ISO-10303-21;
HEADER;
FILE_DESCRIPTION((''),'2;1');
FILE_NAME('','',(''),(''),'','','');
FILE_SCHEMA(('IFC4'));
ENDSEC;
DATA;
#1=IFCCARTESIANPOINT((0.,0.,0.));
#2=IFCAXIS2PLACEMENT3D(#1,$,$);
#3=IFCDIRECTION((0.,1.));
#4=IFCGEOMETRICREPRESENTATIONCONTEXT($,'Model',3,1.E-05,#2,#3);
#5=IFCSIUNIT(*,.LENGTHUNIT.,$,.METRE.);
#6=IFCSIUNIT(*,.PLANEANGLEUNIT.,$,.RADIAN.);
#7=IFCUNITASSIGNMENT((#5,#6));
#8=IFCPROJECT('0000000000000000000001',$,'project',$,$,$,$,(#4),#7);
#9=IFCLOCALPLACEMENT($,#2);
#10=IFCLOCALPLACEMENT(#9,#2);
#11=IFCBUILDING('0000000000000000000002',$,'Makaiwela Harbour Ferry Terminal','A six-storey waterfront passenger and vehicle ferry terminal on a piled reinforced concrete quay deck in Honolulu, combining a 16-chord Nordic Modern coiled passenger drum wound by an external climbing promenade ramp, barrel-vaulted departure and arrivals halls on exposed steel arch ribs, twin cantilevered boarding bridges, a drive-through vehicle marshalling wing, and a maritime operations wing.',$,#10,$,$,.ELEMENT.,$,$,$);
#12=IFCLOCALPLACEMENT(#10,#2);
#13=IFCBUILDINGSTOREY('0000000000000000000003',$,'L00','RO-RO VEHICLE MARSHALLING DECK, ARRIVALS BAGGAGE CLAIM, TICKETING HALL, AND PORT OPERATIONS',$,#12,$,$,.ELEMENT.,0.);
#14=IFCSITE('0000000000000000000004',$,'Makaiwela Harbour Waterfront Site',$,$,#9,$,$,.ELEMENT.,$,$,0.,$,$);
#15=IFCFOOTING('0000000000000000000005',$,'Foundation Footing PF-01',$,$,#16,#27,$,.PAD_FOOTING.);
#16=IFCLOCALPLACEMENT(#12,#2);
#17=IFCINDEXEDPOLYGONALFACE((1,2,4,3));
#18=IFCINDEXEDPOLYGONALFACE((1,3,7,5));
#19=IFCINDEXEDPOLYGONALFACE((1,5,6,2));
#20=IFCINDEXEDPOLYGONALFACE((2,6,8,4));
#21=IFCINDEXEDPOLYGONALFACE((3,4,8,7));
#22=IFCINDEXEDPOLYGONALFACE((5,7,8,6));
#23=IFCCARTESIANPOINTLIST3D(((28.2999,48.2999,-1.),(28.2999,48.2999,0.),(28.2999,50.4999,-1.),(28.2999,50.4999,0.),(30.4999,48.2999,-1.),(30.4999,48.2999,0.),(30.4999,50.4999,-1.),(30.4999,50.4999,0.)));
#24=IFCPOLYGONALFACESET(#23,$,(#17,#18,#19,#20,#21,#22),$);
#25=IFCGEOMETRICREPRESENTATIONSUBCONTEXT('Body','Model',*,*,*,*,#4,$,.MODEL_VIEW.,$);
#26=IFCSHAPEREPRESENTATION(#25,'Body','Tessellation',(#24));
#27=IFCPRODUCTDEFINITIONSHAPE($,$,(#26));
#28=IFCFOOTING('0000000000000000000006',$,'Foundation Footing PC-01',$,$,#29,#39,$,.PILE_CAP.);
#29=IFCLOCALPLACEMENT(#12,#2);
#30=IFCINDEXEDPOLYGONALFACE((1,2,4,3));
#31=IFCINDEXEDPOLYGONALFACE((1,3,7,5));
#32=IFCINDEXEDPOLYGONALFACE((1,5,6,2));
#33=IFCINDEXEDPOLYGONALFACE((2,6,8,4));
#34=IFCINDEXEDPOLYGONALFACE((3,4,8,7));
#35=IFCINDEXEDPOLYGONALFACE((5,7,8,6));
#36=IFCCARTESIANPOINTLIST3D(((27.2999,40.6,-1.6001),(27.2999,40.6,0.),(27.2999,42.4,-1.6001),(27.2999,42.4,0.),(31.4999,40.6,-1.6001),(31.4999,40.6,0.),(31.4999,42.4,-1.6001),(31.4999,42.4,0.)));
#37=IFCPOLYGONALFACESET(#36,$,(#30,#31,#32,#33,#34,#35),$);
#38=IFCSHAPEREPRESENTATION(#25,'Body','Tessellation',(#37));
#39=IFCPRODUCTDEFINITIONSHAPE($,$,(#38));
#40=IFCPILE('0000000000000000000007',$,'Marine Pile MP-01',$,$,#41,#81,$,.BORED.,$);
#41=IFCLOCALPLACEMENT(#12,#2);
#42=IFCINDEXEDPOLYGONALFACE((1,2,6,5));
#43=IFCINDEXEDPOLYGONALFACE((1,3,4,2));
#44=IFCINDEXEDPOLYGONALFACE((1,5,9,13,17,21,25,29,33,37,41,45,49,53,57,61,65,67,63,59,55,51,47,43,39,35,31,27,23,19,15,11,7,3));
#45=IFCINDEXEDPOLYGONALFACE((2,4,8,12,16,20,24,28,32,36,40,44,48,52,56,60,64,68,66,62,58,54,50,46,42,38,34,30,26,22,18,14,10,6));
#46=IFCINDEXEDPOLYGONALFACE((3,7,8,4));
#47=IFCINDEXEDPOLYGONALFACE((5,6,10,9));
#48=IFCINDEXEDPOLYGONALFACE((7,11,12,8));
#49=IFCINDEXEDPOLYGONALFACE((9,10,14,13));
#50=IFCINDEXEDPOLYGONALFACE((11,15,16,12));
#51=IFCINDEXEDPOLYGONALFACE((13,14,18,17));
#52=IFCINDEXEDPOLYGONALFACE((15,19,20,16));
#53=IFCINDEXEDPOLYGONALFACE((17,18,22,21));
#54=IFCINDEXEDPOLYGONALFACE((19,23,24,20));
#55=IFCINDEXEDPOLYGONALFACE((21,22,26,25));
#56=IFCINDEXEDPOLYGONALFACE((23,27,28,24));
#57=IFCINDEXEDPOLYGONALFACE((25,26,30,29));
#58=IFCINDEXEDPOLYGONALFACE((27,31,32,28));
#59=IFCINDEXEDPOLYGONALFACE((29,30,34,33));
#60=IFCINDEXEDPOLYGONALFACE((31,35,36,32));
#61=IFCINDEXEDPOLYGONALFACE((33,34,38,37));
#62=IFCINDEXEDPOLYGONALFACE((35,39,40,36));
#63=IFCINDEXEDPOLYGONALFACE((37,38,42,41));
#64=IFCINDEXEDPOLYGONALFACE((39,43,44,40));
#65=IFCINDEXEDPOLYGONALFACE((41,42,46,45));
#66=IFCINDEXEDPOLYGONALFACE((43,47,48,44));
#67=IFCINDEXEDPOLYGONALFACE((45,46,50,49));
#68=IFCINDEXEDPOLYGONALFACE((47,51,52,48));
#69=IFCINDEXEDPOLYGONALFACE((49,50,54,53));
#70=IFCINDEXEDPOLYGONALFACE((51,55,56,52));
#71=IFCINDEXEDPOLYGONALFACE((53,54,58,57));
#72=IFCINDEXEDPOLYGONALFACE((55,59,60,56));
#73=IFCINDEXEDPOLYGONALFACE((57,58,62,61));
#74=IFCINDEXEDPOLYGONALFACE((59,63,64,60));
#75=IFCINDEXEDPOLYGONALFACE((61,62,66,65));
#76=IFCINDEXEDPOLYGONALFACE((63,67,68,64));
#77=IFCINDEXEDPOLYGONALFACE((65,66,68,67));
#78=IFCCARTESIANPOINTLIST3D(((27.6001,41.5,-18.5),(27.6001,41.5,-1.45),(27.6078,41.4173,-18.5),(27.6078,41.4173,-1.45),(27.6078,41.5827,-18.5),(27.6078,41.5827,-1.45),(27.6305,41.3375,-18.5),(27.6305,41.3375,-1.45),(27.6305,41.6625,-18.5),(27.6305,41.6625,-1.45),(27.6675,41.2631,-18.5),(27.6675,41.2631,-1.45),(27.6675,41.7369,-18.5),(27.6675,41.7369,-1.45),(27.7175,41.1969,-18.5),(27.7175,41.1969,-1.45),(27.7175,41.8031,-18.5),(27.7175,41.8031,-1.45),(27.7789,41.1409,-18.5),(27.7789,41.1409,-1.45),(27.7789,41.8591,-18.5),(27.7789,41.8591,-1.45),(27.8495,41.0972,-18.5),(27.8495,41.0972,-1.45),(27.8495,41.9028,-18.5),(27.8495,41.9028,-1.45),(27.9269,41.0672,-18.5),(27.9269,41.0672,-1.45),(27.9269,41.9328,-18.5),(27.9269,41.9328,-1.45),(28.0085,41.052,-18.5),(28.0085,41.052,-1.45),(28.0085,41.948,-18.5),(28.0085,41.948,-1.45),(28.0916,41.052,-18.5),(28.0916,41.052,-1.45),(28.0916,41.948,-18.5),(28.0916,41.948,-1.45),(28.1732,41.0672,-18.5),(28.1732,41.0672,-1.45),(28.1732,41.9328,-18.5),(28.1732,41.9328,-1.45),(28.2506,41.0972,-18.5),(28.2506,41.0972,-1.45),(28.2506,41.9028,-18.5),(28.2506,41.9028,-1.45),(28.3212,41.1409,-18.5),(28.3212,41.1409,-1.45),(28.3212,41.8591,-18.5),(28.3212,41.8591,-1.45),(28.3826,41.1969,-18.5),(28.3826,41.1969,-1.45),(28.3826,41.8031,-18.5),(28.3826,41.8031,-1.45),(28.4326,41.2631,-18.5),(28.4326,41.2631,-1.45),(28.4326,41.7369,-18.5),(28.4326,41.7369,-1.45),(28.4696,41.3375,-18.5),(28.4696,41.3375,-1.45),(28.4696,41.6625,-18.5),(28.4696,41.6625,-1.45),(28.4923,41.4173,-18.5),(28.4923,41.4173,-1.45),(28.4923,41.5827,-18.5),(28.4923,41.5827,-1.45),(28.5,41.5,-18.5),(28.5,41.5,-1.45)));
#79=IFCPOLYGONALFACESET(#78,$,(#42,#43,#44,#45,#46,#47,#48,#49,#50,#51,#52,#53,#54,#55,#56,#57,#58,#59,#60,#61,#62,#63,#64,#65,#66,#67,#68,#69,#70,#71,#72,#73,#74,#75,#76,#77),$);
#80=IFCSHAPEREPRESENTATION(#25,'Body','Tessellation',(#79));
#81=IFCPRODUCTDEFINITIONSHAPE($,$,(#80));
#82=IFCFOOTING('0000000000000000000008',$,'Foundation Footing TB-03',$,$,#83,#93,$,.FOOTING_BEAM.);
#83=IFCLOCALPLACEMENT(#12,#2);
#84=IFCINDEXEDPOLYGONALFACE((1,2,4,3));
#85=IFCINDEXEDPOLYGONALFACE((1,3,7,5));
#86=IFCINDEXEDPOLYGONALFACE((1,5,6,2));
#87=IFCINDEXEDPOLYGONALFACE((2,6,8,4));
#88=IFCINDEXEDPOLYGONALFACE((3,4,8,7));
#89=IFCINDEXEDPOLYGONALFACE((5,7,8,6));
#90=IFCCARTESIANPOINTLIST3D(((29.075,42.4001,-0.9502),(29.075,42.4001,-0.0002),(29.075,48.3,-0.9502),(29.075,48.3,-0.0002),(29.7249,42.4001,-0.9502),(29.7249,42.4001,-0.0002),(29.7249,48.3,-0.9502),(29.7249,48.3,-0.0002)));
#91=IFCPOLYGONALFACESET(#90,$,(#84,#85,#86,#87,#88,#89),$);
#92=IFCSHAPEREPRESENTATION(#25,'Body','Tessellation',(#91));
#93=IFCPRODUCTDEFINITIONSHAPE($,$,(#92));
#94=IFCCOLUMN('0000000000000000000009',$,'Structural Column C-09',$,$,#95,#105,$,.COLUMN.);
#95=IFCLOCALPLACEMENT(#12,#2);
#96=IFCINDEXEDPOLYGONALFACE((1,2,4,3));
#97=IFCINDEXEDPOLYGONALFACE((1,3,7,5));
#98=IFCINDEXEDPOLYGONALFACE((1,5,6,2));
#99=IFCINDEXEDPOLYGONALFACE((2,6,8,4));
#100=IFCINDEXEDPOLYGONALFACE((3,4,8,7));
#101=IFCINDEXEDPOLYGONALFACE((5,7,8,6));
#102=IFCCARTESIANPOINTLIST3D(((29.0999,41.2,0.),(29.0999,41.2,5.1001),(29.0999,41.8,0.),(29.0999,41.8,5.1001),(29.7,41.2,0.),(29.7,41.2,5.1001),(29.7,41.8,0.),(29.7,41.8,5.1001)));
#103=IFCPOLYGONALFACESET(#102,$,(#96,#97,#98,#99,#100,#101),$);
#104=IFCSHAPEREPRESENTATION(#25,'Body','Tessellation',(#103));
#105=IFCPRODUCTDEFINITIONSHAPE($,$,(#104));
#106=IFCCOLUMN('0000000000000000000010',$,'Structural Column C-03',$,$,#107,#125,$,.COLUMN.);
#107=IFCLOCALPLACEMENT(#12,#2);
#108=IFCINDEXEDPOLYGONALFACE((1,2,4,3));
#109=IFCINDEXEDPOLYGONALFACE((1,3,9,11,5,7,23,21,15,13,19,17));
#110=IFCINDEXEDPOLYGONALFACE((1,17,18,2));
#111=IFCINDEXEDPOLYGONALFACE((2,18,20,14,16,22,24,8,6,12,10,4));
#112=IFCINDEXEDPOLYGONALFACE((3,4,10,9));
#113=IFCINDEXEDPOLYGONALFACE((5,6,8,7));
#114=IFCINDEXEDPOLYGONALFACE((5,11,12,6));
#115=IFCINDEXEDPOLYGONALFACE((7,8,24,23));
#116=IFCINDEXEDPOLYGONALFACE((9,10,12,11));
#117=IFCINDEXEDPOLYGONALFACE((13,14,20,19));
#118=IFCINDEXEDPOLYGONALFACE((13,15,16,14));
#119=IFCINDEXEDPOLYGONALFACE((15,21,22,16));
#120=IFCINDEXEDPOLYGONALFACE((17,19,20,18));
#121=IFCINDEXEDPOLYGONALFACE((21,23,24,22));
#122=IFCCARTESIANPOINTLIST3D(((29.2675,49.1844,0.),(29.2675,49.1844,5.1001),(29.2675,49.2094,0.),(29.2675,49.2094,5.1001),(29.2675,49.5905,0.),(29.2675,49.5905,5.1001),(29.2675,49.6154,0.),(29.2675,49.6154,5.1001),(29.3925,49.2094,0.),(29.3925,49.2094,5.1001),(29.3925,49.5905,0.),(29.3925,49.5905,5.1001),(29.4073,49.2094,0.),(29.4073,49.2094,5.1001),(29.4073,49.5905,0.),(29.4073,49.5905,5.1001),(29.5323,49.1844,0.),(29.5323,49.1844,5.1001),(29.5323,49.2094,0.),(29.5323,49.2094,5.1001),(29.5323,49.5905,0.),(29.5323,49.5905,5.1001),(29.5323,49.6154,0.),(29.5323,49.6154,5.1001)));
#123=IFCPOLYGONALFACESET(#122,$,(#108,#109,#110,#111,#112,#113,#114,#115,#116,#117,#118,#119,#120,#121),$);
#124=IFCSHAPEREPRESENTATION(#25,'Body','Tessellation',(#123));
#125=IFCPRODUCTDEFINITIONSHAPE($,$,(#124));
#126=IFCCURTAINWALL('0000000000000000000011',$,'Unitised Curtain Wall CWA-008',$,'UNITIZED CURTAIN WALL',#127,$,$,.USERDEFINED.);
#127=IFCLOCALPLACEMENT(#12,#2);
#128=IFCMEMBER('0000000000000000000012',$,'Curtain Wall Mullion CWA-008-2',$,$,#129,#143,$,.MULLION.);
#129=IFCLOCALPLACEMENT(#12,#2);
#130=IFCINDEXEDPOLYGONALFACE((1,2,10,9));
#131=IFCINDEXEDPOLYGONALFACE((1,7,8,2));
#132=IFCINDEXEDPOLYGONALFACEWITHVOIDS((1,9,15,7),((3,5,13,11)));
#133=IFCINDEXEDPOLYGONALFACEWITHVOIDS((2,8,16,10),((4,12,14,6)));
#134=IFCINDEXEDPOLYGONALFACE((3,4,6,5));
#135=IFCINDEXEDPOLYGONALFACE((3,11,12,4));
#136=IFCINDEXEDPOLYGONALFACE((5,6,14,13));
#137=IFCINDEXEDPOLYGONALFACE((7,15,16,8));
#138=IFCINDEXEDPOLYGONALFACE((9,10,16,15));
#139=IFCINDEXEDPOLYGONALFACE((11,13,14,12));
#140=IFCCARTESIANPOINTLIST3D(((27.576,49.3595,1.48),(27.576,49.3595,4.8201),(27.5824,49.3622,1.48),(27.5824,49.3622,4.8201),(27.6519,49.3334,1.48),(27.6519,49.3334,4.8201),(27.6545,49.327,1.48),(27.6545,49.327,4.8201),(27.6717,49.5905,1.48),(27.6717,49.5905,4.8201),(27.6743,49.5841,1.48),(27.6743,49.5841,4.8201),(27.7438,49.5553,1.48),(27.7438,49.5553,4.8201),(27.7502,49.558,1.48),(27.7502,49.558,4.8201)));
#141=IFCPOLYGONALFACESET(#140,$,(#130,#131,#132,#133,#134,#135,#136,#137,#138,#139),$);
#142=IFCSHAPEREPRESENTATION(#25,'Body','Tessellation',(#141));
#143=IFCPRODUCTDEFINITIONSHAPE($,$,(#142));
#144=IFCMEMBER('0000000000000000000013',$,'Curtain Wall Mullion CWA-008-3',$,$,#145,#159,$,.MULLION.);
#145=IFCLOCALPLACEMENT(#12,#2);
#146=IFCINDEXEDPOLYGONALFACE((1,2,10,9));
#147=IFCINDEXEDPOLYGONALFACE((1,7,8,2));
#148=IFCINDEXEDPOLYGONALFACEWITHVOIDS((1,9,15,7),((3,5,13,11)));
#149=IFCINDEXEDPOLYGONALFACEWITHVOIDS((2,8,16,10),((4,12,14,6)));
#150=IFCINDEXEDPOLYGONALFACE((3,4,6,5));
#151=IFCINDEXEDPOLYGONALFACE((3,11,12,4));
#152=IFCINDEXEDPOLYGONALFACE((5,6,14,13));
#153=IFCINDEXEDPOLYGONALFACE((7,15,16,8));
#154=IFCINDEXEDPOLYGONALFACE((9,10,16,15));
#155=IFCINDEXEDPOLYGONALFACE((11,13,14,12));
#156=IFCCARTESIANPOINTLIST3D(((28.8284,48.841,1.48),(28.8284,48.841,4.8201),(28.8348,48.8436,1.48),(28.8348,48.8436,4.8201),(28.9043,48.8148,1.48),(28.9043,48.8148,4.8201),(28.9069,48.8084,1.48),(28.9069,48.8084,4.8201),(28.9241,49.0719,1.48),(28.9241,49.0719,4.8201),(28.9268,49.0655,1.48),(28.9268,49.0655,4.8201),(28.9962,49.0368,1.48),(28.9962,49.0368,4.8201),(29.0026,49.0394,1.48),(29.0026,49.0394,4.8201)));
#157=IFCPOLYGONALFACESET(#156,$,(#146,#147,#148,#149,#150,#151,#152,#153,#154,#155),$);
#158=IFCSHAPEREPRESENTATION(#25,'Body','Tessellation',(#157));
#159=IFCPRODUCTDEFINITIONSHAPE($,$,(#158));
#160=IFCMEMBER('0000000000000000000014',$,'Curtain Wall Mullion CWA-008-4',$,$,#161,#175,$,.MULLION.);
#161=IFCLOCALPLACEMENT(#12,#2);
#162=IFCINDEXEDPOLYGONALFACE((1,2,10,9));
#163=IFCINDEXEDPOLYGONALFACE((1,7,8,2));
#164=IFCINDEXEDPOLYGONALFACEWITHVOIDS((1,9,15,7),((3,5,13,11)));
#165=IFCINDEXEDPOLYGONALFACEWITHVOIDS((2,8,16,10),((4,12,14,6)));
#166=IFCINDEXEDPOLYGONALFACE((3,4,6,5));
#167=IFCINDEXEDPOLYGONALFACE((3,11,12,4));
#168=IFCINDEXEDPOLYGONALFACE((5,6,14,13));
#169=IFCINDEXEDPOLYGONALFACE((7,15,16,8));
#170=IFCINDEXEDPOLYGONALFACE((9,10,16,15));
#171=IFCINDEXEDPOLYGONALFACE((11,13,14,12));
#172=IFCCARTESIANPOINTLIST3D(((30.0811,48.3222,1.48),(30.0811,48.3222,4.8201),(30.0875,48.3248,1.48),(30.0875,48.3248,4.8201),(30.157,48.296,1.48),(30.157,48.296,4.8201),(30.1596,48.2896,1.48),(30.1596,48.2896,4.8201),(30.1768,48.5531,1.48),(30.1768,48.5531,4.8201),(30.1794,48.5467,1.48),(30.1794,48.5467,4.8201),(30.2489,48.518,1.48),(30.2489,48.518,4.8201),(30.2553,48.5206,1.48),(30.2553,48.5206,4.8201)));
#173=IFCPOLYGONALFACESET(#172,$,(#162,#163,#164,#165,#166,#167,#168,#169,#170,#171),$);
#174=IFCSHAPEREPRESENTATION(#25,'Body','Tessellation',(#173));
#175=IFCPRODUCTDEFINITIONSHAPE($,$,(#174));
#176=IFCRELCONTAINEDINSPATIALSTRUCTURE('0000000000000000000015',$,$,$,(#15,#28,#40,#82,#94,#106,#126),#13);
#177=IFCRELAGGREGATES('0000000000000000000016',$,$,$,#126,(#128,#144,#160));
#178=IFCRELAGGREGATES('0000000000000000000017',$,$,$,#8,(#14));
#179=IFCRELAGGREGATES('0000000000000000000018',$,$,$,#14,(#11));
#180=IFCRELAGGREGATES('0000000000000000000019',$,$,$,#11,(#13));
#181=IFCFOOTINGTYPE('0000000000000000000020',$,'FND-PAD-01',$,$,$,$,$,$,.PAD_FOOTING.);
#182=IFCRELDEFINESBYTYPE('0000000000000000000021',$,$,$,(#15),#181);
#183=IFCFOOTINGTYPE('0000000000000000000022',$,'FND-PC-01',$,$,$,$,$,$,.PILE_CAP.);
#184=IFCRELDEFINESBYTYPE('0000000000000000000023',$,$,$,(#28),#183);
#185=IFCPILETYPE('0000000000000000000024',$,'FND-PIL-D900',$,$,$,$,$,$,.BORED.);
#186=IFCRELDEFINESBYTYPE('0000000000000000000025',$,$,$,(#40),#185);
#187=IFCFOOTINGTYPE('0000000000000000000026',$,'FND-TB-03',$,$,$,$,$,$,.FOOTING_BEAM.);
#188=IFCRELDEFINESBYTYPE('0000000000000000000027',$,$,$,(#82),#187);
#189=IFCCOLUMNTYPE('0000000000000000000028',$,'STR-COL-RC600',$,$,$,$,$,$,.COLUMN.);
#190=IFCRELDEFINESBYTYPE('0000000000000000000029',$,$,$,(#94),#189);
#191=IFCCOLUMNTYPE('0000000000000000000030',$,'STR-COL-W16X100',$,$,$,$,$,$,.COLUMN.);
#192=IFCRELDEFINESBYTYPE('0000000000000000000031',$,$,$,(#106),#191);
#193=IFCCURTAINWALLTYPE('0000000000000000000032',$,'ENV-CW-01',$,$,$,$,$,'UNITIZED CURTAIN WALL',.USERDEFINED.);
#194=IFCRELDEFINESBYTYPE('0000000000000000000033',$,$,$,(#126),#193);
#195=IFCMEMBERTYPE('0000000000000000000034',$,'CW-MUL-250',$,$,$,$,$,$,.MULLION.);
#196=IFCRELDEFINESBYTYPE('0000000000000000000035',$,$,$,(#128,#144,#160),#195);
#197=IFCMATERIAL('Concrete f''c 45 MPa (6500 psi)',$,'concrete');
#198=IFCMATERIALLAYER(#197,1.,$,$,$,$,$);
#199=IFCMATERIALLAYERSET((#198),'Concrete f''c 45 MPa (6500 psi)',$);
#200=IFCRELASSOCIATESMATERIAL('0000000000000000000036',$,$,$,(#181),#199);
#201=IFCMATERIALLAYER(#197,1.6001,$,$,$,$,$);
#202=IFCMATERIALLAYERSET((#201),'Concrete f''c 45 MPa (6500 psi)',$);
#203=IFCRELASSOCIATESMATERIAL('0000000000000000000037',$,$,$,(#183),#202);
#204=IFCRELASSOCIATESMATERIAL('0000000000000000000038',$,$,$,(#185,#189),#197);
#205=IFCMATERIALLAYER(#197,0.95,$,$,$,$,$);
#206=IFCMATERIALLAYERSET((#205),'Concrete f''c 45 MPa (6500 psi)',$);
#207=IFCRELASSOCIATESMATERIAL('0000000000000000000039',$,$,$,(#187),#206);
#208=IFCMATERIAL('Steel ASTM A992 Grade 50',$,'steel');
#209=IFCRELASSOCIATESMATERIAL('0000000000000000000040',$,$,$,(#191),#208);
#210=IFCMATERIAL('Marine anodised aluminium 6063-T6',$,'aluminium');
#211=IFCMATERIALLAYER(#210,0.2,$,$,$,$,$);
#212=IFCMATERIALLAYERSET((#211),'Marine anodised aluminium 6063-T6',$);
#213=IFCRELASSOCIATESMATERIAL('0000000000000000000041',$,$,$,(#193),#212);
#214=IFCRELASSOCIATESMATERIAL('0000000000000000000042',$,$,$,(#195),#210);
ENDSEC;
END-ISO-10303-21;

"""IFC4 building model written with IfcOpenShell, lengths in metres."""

from ifc_helpers import new_model, si_unit, direction, frame, origin, origin_2d, place, context, subcontext, project, spatial, rectangle, hollow_rectangle, circle, i_section, extrude, material, layer, layer_set, material_profile, profile_set, type_object, element, aggregate, save


model = new_model("IFC4")

# Units and contexts
model_context = context("Model", 3, precision=1e-05, world=origin(), true_north=direction((0.0, 1.0)))
body_context = subcontext(model_context, "Body", "Model", "MODEL_VIEW")
ifc_project = project(units=[si_unit("LENGTHUNIT", "METRE"), si_unit("PLANEANGLEUNIT", "RADIAN")], contexts=[model_context])

# Site, building, storey
site_placement = place(None, origin())
site = spatial("IfcSite", under=ifc_project, at=site_placement, Name="Makaiwela Harbour Waterfront Site", CompositionType="ELEMENT", RefElevation=0.0)
building_placement = place(site_placement, origin())
building = spatial("IfcBuilding", under=site, at=building_placement, Name="Makaiwela Harbour Ferry Terminal", Description="A six-storey waterfront passenger and vehicle ferry terminal on a piled reinforced concrete quay deck in Honolulu, combining a 16-chord Nordic Modern coiled passenger drum wound by an external climbing promenade ramp, barrel-vaulted departure and arrivals halls on exposed steel arch ribs, twin cantilevered boarding bridges, a drive-through vehicle marshalling wing, and a maritime operations wing.", CompositionType="ELEMENT")
storey_placement = place(building_placement, origin())
storey = spatial("IfcBuildingStorey", under=building, at=storey_placement, Name="L00", Description="RO-RO VEHICLE MARSHALLING DECK, ARRIVALS BAGGAGE CLAIM, TICKETING HALL, AND PORT OPERATIONS", CompositionType="ELEMENT", Elevation=0.0)

# Footings
ifc_material_1 = material(Name="Concrete f'c 45 MPa (6500 psi)", Category="concrete")
ifc_layer_1 = layer(ifc_material_1, 1.0)
ifc_layer_set_1 = layer_set([ifc_layer_1], Name="Concrete f'c 45 MPa (6500 psi)")
footing_type_1 = type_object("IfcFootingType", Name="FND-PAD-01", PredefinedType="PAD_FOOTING", material=ifc_layer_set_1)
footing_1_placement = place(storey_placement, frame((29.3999, 49.3999, -1.0), z_axis=(0.0, 0.0, 1.0), x_axis=(1.0, 0.0, 0.0)))
element("IfcFooting", 1, at=footing_1_placement, inside=storey, type_object=footing_type_1, Name="Foundation Footing PF-01", PredefinedType="PAD_FOOTING", context=body_context, shape_type="SweptSolid", body=[
    extrude(rectangle(XDim=2.2, YDim=2.2, at=origin_2d()), origin(), (0.0, 0.0, 1.0), 1.0),
])
ifc_layer_2 = layer(ifc_material_1, 1.6001)
ifc_layer_set_2 = layer_set([ifc_layer_2], Name="Concrete f'c 45 MPa (6500 psi)")
footing_type_2 = type_object("IfcFootingType", Name="FND-PC-01", PredefinedType="PILE_CAP", material=ifc_layer_set_2)
footing_2_placement = place(storey_placement, frame((29.3999, 41.5, -1.6001), z_axis=(0.0, 0.0, 1.0), x_axis=(1.0, 0.0, 0.0)))
element("IfcFooting", 2, at=footing_2_placement, inside=storey, type_object=footing_type_2, Name="Foundation Footing PC-01", PredefinedType="PILE_CAP", context=body_context, shape_type="SweptSolid", body=[
    extrude(rectangle(XDim=4.2, YDim=1.8, at=origin_2d()), origin(), (0.0, 0.0, 1.0), 1.6001),
])

# Pile
ifc_material_profile_1 = material_profile(ifc_material_1, circle(Radius=0.45, at=origin_2d()), Name="PILE-D900")
ifc_profile_set_1 = profile_set([ifc_material_profile_1], Name="Concrete f'c 45 MPa (6500 psi)")
pile_type = type_object("IfcPileType", Name="FND-PIL-D900", PredefinedType="BORED", material=ifc_profile_set_1)
pile_placement = place(storey_placement, frame((28.05, 41.5, -1.45), z_axis=(0.0, 0.0, -1.0), x_axis=(1.0, 0.0, 0.0)))
element("IfcPile", 3, at=pile_placement, inside=storey, type_object=pile_type, Name="Marine Pile MP-01", PredefinedType="BORED", context=body_context, shape_type="SweptSolid", body=[
    extrude(circle(Radius=0.45, at=origin_2d()), origin(), (0.0, 0.0, 1.0), 17.05),
])

# Footing
ifc_layer_3 = layer(ifc_material_1, 0.95)
ifc_layer_set_3 = layer_set([ifc_layer_3], Name="Concrete f'c 45 MPa (6500 psi)")
footing_type_3 = type_object("IfcFootingType", Name="FND-TB-03", PredefinedType="FOOTING_BEAM", material=ifc_layer_set_3)
footing_3_placement = place(storey_placement, frame((29.3999, 45.3501, -0.9502), z_axis=(0.0, 0.0, 1.0), x_axis=(0.0, 1.0, 0.0)))
element("IfcFooting", 4, at=footing_3_placement, inside=storey, type_object=footing_type_3, Name="Foundation Footing TB-03", PredefinedType="FOOTING_BEAM", context=body_context, shape_type="SweptSolid", body=[
    extrude(rectangle(XDim=5.8999, YDim=0.6499, at=origin_2d()), origin(), (0.0, 0.0, 1.0), 0.95),
])

# Columns
ifc_material_profile_2 = material_profile(ifc_material_1, rectangle(XDim=0.6001, YDim=0.6001, at=origin_2d()), Name="RC-600X600")
ifc_profile_set_2 = profile_set([ifc_material_profile_2], Name="Concrete f'c 45 MPa (6500 psi)")
column_type_1 = type_object("IfcColumnType", Name="STR-COL-RC600", PredefinedType="COLUMN", material=ifc_profile_set_2)
column_1_placement = place(storey_placement, frame((29.3999, 41.5, 0.0), z_axis=(0.0, 0.0, 1.0), x_axis=(1.0, 0.0, 0.0)))
element("IfcColumn", 5, at=column_1_placement, inside=storey, type_object=column_type_1, Name="Structural Column C-09", PredefinedType="COLUMN", context=body_context, shape_type="SweptSolid", body=[
    extrude(rectangle(XDim=0.6001, YDim=0.6001, at=origin_2d()), origin(), (0.0, 0.0, 1.0), 5.1001),
])
ifc_material_2 = material(Name="Steel ASTM A992 Grade 50", Category="steel")
ifc_material_profile_3 = material_profile(ifc_material_2, i_section(OverallWidth=0.2649, OverallDepth=0.4309, WebThickness=0.0149, FlangeThickness=0.0249, at=origin_2d()), Name="W16X100")
ifc_profile_set_3 = profile_set([ifc_material_profile_3], Name="Steel ASTM A992 Grade 50")
column_type_2 = type_object("IfcColumnType", Name="STR-COL-W16X100", PredefinedType="COLUMN", material=ifc_profile_set_3)
column_2_placement = place(storey_placement, frame((29.3999, 49.3999, 0.0), z_axis=(0.0, 0.0, 1.0), x_axis=(1.0, 0.0, 0.0)))
element("IfcColumn", 6, at=column_2_placement, inside=storey, type_object=column_type_2, Name="Structural Column C-03", PredefinedType="COLUMN", context=body_context, shape_type="SweptSolid", body=[
    extrude(i_section(OverallWidth=0.2649, OverallDepth=0.4309, WebThickness=0.0149, FlangeThickness=0.0249, at=origin_2d()), origin(), (0.0, 0.0, 1.0), 5.1001),
])

# Curtain wall, members
ifc_material_3 = material(Name="Marine anodised aluminium 6063-T6", Category="aluminium")
ifc_layer_4 = layer(ifc_material_3, 0.2)
ifc_layer_set_4 = layer_set([ifc_layer_4], Name="Marine anodised aluminium 6063-T6")
curtain_wall_type_1 = type_object("IfcCurtainWallType", Name="ENV-CW-01", ElementType="UNITIZED CURTAIN WALL", PredefinedType="USERDEFINED", material=ifc_layer_set_4)
curtain_wall_1_placement = place(storey_placement, origin())
curtain_wall_1 = element("IfcCurtainWall", 7, at=curtain_wall_1_placement, inside=storey, type_object=curtain_wall_type_1, Name="Unitised Curtain Wall CWA-008", ObjectType="UNITIZED CURTAIN WALL", PredefinedType="USERDEFINED")
ifc_material_profile_4 = material_profile(ifc_material_3, hollow_rectangle(XDim=0.085, YDim=0.25, WallThickness=0.0049, at=origin_2d()), Name="CWM-250X85")
ifc_profile_set_4 = profile_set([ifc_material_profile_4], Name="Marine anodised aluminium 6063-T6")
member_type_1 = type_object("IfcMemberType", Name="CW-MUL-250", PredefinedType="MULLION", material=ifc_profile_set_4)
member_1_placement = place(storey_placement, frame((27.6631, 49.4587, 1.48), z_axis=(0.0, 0.0, 1.0), x_axis=(-0.92388, 0.382683, 0.0)))
member_1 = element("IfcMember", 8, at=member_1_placement, type_object=member_type_1, Name="Curtain Wall Mullion CWA-008-2", PredefinedType="MULLION", context=body_context, shape_type="SweptSolid", body=[
    extrude(hollow_rectangle(XDim=0.085, YDim=0.25, WallThickness=0.0049, at=origin_2d()), origin(), (0.0, 0.0, 1.0), 3.3401),
])
member_2_placement = place(storey_placement, frame((28.9155, 48.9402, 1.48), z_axis=(0.0, 0.0, 1.0), x_axis=(-0.92388, 0.382683, 0.0)))
member_2 = element("IfcMember", 9, at=member_2_placement, type_object=member_type_1, Name="Curtain Wall Mullion CWA-008-3", PredefinedType="MULLION", context=body_context, shape_type="SweptSolid", body=[
    extrude(hollow_rectangle(XDim=0.085, YDim=0.25, WallThickness=0.0049, at=origin_2d()), origin(), (0.0, 0.0, 1.0), 3.3401),
])
member_3_placement = place(storey_placement, frame((30.1682, 48.4214, 1.48), z_axis=(0.0, 0.0, 1.0), x_axis=(-0.92388, 0.382683, 0.0)))
member_3 = element("IfcMember", 10, at=member_3_placement, type_object=member_type_1, Name="Curtain Wall Mullion CWA-008-4", PredefinedType="MULLION", context=body_context, shape_type="SweptSolid", body=[
    extrude(hollow_rectangle(XDim=0.085, YDim=0.25, WallThickness=0.0049, at=origin_2d()), origin(), (0.0, 0.0, 1.0), 3.3401),
])

aggregate(curtain_wall_1, [member_1, member_2, member_3])

save(model, "model.ifc")
